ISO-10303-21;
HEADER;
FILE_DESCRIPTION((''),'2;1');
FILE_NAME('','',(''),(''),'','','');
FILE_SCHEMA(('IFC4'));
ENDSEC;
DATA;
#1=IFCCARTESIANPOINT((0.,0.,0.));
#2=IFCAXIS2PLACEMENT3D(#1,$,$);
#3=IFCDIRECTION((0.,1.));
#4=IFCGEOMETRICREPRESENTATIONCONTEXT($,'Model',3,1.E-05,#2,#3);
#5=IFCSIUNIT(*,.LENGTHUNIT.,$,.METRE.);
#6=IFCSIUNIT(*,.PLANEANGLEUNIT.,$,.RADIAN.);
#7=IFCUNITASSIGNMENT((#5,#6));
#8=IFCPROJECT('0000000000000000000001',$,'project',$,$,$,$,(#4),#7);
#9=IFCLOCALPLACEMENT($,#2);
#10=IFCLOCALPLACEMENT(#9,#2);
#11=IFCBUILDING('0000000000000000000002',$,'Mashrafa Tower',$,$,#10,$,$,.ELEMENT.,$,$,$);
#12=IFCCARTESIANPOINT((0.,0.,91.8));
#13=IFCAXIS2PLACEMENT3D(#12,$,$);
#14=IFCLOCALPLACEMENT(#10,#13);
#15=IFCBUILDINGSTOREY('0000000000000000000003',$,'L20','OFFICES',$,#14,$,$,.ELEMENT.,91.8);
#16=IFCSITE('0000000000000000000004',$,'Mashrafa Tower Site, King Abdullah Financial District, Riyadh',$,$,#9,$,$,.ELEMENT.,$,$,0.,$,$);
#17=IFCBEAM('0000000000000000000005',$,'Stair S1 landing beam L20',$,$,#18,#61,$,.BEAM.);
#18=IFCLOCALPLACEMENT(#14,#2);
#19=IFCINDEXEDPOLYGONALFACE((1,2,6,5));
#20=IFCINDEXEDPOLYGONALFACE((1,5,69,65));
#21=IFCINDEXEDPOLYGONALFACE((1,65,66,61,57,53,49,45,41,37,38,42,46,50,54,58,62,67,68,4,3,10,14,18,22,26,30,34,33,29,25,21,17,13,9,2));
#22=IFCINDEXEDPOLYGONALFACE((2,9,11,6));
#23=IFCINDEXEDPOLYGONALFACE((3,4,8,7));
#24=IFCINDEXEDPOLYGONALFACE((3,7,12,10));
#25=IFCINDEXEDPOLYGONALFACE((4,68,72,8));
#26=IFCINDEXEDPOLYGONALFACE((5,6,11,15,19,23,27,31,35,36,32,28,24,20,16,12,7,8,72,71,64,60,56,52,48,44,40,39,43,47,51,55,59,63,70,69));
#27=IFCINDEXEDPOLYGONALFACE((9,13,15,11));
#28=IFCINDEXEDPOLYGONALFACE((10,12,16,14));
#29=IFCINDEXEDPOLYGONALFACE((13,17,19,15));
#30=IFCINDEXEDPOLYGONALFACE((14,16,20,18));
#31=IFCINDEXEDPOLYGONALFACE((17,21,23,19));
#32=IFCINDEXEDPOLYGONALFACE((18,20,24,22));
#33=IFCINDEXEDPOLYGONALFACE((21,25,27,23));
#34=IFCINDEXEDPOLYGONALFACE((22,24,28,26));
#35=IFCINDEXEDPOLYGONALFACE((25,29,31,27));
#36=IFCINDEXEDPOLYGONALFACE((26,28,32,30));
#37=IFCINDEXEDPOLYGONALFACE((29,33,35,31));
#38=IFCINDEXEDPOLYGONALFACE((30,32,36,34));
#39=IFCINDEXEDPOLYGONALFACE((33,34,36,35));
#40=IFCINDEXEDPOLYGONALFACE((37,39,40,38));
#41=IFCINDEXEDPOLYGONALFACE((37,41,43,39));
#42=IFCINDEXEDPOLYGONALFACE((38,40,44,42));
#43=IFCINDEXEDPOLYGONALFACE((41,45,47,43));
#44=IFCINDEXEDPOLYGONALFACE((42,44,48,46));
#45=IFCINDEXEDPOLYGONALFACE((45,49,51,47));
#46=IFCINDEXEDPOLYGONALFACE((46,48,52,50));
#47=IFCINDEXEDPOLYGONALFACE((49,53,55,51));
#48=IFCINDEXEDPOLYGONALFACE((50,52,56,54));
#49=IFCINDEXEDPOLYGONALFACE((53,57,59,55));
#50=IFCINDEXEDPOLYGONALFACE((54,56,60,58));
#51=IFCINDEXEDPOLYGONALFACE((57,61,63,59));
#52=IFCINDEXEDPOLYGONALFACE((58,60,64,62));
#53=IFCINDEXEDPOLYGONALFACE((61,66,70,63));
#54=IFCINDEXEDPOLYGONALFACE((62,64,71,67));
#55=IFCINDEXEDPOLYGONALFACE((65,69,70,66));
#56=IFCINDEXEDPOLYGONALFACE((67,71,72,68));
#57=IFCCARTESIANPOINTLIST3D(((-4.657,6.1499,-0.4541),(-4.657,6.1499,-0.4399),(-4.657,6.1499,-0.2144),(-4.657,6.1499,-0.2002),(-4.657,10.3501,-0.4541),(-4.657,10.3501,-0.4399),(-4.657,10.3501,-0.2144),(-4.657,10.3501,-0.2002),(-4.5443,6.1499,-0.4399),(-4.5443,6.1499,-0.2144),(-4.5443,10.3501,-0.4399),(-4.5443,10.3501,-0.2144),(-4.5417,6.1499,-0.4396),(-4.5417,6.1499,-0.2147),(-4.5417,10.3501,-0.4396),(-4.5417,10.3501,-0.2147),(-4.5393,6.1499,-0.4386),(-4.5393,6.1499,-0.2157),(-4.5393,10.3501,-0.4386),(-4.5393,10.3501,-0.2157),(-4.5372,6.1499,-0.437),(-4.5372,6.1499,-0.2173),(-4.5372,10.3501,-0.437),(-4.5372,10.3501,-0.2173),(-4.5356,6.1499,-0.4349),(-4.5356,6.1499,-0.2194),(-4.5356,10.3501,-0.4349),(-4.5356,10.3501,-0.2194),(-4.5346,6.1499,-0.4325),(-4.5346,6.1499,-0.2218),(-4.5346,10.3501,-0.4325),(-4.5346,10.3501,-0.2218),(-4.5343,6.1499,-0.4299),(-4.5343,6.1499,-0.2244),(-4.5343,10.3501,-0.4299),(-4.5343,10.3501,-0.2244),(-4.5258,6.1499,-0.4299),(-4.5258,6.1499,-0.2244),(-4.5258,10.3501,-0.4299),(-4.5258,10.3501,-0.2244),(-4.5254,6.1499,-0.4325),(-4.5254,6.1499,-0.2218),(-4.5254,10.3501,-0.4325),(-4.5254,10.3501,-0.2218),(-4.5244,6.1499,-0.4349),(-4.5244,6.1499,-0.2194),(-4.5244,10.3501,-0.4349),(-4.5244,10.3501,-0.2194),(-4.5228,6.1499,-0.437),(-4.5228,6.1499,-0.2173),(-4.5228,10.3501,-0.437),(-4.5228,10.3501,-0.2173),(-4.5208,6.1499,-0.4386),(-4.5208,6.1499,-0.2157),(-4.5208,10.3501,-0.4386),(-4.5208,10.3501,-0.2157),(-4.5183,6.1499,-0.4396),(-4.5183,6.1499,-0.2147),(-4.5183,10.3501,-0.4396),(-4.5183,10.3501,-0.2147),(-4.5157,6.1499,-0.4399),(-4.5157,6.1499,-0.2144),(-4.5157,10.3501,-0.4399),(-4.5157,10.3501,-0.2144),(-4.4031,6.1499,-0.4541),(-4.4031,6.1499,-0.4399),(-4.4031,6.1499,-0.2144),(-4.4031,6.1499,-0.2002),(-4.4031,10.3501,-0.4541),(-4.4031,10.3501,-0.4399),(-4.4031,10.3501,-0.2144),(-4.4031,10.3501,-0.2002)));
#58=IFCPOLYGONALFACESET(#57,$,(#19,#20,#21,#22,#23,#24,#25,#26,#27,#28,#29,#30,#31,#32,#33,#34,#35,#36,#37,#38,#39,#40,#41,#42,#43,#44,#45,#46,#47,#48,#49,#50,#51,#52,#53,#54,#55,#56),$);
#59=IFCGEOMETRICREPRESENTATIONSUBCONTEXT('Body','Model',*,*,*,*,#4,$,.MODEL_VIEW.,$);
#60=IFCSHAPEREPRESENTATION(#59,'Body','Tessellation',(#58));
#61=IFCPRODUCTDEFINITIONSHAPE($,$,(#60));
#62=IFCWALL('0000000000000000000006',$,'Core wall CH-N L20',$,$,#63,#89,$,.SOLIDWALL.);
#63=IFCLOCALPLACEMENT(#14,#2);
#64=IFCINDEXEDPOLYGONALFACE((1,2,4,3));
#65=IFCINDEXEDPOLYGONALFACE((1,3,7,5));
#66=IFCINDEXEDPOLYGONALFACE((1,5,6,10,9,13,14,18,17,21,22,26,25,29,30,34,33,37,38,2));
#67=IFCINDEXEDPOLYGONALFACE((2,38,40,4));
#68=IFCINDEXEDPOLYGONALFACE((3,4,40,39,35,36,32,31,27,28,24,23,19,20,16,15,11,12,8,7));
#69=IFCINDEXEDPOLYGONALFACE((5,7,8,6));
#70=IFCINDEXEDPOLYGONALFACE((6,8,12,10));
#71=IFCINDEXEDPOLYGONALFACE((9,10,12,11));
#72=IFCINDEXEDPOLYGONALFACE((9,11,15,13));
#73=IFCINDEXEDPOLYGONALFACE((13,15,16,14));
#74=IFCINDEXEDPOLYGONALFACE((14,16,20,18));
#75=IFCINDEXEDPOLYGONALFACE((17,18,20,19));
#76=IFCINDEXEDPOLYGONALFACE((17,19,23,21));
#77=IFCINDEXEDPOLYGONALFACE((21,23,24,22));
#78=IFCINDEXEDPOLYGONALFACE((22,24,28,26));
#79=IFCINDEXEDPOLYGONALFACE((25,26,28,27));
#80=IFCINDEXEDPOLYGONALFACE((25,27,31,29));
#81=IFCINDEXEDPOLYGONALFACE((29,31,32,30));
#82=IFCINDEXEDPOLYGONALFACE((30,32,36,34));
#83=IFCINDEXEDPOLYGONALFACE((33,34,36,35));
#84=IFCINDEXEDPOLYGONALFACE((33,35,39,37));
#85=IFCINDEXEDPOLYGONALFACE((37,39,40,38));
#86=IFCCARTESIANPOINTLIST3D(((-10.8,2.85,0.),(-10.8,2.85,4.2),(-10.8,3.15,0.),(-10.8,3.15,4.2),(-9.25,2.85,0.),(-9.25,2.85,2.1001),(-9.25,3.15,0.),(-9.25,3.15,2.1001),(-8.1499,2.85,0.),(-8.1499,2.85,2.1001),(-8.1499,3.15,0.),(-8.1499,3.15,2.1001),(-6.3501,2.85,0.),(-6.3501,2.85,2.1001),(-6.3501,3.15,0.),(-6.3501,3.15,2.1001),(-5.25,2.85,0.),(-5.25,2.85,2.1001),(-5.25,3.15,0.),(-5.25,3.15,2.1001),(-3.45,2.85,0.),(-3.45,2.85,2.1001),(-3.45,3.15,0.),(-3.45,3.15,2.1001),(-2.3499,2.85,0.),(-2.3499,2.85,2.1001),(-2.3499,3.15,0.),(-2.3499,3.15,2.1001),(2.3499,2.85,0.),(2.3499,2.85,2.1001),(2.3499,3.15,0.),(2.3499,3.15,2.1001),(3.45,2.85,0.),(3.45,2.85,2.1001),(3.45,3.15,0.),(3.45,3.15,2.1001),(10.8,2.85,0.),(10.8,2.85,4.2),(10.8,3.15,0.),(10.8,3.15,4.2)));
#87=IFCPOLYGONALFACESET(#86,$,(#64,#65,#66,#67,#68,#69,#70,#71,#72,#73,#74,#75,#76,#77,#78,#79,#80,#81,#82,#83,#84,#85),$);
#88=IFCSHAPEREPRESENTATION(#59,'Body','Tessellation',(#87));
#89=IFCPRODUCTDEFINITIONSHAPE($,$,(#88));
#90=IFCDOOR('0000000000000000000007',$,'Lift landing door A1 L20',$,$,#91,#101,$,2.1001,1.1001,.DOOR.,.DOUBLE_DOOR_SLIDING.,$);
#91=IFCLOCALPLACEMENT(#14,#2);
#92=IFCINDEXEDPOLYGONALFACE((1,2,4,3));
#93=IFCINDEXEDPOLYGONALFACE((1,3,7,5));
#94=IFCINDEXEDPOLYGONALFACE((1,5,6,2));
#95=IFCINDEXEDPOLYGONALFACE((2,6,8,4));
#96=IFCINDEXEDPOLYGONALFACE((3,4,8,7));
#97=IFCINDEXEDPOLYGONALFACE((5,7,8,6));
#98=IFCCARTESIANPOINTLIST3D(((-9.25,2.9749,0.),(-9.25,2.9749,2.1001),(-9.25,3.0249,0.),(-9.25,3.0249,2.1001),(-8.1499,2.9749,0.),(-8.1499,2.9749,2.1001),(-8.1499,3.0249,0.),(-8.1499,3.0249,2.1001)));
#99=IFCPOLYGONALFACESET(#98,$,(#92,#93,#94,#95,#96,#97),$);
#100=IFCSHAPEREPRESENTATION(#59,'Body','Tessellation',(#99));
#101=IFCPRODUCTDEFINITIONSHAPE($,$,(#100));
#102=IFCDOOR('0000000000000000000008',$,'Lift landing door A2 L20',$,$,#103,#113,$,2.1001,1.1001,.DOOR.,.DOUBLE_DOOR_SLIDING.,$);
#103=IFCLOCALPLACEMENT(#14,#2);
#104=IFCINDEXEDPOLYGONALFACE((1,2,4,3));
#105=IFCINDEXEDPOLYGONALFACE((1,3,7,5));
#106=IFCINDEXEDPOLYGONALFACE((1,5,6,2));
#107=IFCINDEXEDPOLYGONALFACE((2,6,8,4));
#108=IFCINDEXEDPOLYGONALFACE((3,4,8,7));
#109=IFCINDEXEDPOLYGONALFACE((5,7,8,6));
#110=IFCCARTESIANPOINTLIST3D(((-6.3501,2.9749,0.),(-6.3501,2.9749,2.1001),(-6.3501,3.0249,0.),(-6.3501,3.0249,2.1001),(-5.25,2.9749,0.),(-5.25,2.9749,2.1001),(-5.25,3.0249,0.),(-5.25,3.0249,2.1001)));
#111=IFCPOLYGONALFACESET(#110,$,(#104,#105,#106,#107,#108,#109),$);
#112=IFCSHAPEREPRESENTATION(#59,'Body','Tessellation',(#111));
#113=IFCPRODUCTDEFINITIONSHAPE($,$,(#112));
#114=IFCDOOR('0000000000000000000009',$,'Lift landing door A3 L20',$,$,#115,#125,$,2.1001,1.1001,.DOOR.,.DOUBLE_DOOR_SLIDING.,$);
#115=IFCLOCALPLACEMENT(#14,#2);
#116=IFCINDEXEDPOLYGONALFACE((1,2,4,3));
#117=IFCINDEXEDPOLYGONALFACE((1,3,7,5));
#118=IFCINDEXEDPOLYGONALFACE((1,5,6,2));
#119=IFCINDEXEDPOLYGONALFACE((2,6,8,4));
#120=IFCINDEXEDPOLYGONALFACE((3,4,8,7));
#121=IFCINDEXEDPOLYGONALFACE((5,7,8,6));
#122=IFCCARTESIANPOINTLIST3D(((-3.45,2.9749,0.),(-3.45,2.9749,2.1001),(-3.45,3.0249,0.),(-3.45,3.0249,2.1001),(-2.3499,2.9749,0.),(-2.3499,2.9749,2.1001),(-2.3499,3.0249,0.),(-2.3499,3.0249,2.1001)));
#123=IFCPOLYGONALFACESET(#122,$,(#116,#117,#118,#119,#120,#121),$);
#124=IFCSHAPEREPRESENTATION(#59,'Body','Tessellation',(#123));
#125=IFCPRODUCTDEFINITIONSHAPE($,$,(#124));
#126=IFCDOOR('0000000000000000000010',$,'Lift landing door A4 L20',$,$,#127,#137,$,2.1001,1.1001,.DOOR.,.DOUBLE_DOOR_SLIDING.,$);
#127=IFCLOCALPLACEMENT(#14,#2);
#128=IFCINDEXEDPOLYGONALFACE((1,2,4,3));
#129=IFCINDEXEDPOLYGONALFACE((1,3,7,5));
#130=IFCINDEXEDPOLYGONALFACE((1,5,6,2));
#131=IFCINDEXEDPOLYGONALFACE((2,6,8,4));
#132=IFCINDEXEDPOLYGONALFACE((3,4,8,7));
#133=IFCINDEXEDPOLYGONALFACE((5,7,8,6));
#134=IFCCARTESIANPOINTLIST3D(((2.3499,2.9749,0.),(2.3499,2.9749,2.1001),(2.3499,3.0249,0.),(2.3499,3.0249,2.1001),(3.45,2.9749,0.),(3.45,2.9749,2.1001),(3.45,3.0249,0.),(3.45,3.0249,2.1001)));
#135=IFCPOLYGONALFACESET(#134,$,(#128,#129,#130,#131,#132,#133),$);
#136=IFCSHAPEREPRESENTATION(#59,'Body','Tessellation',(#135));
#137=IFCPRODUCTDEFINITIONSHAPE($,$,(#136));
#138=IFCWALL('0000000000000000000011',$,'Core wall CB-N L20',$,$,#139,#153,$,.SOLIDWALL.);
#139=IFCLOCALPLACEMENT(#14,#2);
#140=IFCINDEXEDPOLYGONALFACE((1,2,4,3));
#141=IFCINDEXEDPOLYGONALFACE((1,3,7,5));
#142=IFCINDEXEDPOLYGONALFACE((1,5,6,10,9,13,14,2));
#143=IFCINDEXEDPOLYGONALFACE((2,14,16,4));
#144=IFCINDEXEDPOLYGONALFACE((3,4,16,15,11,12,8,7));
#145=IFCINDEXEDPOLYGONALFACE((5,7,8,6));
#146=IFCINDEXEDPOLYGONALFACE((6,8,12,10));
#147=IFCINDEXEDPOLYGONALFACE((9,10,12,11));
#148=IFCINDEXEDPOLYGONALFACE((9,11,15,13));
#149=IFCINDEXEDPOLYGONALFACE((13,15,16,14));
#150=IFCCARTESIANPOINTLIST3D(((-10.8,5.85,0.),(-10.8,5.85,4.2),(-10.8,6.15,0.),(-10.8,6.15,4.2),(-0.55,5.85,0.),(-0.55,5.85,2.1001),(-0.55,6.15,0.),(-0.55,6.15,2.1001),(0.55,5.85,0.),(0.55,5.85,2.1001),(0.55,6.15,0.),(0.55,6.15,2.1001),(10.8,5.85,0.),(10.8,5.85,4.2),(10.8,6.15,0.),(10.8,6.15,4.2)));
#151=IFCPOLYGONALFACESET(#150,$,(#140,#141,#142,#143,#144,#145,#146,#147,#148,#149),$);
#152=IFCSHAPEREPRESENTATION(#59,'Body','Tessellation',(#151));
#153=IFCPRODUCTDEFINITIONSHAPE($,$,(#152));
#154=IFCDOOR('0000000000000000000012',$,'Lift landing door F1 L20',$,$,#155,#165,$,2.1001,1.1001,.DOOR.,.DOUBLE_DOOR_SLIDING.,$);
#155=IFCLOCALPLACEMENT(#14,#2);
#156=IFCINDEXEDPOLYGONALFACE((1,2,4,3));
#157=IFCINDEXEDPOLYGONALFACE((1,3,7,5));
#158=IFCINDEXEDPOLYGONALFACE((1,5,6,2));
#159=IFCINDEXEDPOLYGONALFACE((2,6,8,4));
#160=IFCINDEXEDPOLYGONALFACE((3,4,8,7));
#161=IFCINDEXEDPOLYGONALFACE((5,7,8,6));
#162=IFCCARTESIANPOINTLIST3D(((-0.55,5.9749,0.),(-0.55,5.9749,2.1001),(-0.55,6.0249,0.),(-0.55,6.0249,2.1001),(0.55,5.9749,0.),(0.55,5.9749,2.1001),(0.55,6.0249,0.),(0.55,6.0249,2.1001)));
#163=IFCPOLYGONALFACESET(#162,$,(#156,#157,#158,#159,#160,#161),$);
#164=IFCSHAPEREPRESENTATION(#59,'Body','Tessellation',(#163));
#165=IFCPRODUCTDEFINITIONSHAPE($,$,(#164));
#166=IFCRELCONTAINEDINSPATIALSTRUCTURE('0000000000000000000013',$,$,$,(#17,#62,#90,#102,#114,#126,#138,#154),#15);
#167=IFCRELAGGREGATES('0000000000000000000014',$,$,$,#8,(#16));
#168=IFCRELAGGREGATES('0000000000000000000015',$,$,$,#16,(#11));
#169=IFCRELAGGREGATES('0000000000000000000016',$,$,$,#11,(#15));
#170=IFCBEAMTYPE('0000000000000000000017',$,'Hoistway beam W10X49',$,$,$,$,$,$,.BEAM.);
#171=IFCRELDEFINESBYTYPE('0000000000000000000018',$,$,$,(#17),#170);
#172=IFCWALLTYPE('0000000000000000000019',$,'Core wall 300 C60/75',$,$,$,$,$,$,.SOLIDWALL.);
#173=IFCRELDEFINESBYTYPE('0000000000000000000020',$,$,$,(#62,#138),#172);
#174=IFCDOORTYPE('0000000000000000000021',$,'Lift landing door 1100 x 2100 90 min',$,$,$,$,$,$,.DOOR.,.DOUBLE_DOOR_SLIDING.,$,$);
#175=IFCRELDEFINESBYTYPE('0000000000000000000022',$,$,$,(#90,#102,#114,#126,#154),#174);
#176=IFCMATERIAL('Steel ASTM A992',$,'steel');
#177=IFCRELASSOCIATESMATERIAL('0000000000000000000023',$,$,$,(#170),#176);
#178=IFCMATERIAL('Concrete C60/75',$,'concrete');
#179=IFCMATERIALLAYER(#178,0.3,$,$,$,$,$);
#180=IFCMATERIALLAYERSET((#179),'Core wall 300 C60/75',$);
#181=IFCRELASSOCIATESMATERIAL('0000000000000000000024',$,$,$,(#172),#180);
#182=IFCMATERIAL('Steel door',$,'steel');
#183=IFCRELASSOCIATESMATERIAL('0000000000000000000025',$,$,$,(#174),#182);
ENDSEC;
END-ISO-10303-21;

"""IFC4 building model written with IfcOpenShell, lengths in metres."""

from ifc_helpers import new_model, si_unit, direction, frame, frame_2d, origin, origin_2d, place, context, subcontext, project, spatial, rectangle, i_section, extrude, material, layer, layer_set, material_profile, profile_set, type_object, element, fill, save


model = new_model("IFC4")

# Units and contexts
model_context = context("Model", 3, precision=1e-05, world=origin(), true_north=direction((0.0, 1.0)))
body_context = subcontext(model_context, "Body", "Model", "MODEL_VIEW")
ifc_project = project(units=[si_unit("LENGTHUNIT", "METRE"), si_unit("PLANEANGLEUNIT", "RADIAN")], contexts=[model_context])

# Site, building, storey
site_placement = place(None, origin())
site = spatial("IfcSite", under=ifc_project, at=site_placement, Name="Mashrafa Tower Site, King Abdullah Financial District, Riyadh", CompositionType="ELEMENT", RefElevation=0.0)
building_placement = place(site_placement, origin())
building = spatial("IfcBuilding", under=site, at=building_placement, Name="Mashrafa Tower", CompositionType="ELEMENT")
storey_placement = place(building_placement, frame((0.0, 0.0, 91.8)))
storey = spatial("IfcBuildingStorey", under=building, at=storey_placement, Name="L20", Description="OFFICES", CompositionType="ELEMENT", Elevation=91.8)

# Beam
ifc_material_1 = material(Name="Steel ASTM A992", Category="steel")
ifc_material_profile_1 = material_profile(ifc_material_1, i_section(OverallWidth=0.2539, OverallDepth=0.2539, WebThickness=0.0085, FlangeThickness=0.0142, FilletRadius=0.01, at=origin_2d()), Name="W10X49")
ifc_profile_set_1 = profile_set([ifc_material_profile_1], Name="Steel ASTM A992")
beam_type_1 = type_object("IfcBeamType", Name="Hoistway beam W10X49", PredefinedType="BEAM", material=ifc_profile_set_1)
beam_1_placement = place(storey_placement, frame((-4.53, 6.1499, -0.3271), z_axis=(0.0, 1.0, 0.0), x_axis=(-1.0, 0.0, 0.0)))
element("IfcBeam", 1, at=beam_1_placement, inside=storey, type_object=beam_type_1, Name="Stair S1 landing beam L20", PredefinedType="BEAM", context=body_context, shape_type="SweptSolid", body=[
    extrude(i_section(OverallWidth=0.2539, OverallDepth=0.2539, WebThickness=0.0085, FlangeThickness=0.0142, FilletRadius=0.01, at=origin_2d()), origin(), (0.0, 0.0, 1.0), 4.2002),
])

# Wall, openings, doors
ifc_material_2 = material(Name="Concrete C60/75", Category="concrete")
ifc_layer_1 = layer(ifc_material_2, 0.3)
ifc_layer_set_1 = layer_set([ifc_layer_1], Name="Core wall 300 C60/75")
wall_type_1 = type_object("IfcWallType", Name="Core wall 300 C60/75", PredefinedType="SOLIDWALL", material=ifc_layer_set_1)
wall_1_placement = place(storey_placement, frame((-10.8, 3.0, 0.0), z_axis=(0.0, 0.0, 1.0), x_axis=(1.0, 0.0, 0.0)))
wall_1 = element("IfcWall", 2, at=wall_1_placement, inside=storey, type_object=wall_type_1, Name="Core wall CH-N L20", PredefinedType="SOLIDWALL", context=body_context, shape_type="SweptSolid", body=[
    extrude(rectangle(XDim=21.6001, YDim=0.3, at=frame_2d((10.8, 0.0))), origin(), (0.0, 0.0, 1.0), 4.2),
])
opening_1_placement = place(wall_1_placement, frame((1.55, 0.0, 0.0)))
opening_1 = element("IfcOpeningElement", 3, at=opening_1_placement, cuts=wall_1, PredefinedType="OPENING", context=body_context, shape_type="SweptSolid", body=[
    extrude(rectangle(XDim=1.1001, YDim=2.1001, at=frame_2d((0.55, 1.05))), frame((0.0, 0.1599, 0.0), z_axis=(0.0, -1.0, 0.0), x_axis=(1.0, 0.0, 0.0)), (0.0, 0.0, 1.0), 0.3201),
])
opening_2_placement = place(wall_1_placement, frame((4.45, 0.0, 0.0)))
opening_2 = element("IfcOpeningElement", 4, at=opening_2_placement, cuts=wall_1, PredefinedType="OPENING", context=body_context, shape_type="SweptSolid", body=[
    extrude(rectangle(XDim=1.1001, YDim=2.1001, at=frame_2d((0.55, 1.05))), frame((0.0, 0.1599, 0.0), z_axis=(0.0, -1.0, 0.0), x_axis=(1.0, 0.0, 0.0)), (0.0, 0.0, 1.0), 0.3201),
])
opening_3_placement = place(wall_1_placement, frame((7.3501, 0.0, 0.0)))
opening_3 = element("IfcOpeningElement", 5, at=opening_3_placement, cuts=wall_1, PredefinedType="OPENING", context=body_context, shape_type="SweptSolid", body=[
    extrude(rectangle(XDim=1.1001, YDim=2.1001, at=frame_2d((0.55, 1.05))), frame((0.0, 0.1599, 0.0), z_axis=(0.0, -1.0, 0.0), x_axis=(1.0, 0.0, 0.0)), (0.0, 0.0, 1.0), 0.3201),
])
opening_4_placement = place(wall_1_placement, frame((13.1499, 0.0, 0.0)))
opening_4 = element("IfcOpeningElement", 6, at=opening_4_placement, cuts=wall_1, PredefinedType="OPENING", context=body_context, shape_type="SweptSolid", body=[
    extrude(rectangle(XDim=1.1001, YDim=2.1001, at=frame_2d((0.55, 1.05))), frame((0.0, 0.1599, 0.0), z_axis=(0.0, -1.0, 0.0), x_axis=(1.0, 0.0, 0.0)), (0.0, 0.0, 1.0), 0.3201),
])
ifc_material_3 = material(Name="Steel door", Category="steel")
door_type_1 = type_object("IfcDoorType", Name="Lift landing door 1100 x 2100 90 min", OperationType="DOUBLE_DOOR_SLIDING", PredefinedType="DOOR", material=ifc_material_3)
door_1_placement = place(opening_1_placement, origin())
door_1 = element("IfcDoor", 7, at=door_1_placement, inside=storey, type_object=door_type_1, Name="Lift landing door A1 L20", OperationType="DOUBLE_DOOR_SLIDING", OverallHeight=2.1001, OverallWidth=1.1001, PredefinedType="DOOR", context=body_context, shape_type="SweptSolid", body=[
    extrude(rectangle(XDim=1.1001, YDim=2.1001, at=frame_2d((0.55, 1.05))), frame((0.0, 0.0249, 0.0), z_axis=(0.0, -1.0, 0.0), x_axis=(1.0, 0.0, 0.0)), (0.0, 0.0, 1.0), 0.05),
])
fill(opening_1, door_1)
door_2_placement = place(opening_2_placement, origin())
door_2 = element("IfcDoor", 8, at=door_2_placement, inside=storey, type_object=door_type_1, Name="Lift landing door A2 L20", OperationType="DOUBLE_DOOR_SLIDING", OverallHeight=2.1001, OverallWidth=1.1001, PredefinedType="DOOR", context=body_context, shape_type="SweptSolid", body=[
    extrude(rectangle(XDim=1.1001, YDim=2.1001, at=frame_2d((0.55, 1.05))), frame((0.0, 0.0249, 0.0), z_axis=(0.0, -1.0, 0.0), x_axis=(1.0, 0.0, 0.0)), (0.0, 0.0, 1.0), 0.05),
])
fill(opening_2, door_2)
door_3_placement = place(opening_3_placement, origin())
door_3 = element("IfcDoor", 9, at=door_3_placement, inside=storey, type_object=door_type_1, Name="Lift landing door A3 L20", OperationType="DOUBLE_DOOR_SLIDING", OverallHeight=2.1001, OverallWidth=1.1001, PredefinedType="DOOR", context=body_context, shape_type="SweptSolid", body=[
    extrude(rectangle(XDim=1.1001, YDim=2.1001, at=frame_2d((0.55, 1.05))), frame((0.0, 0.0249, 0.0), z_axis=(0.0, -1.0, 0.0), x_axis=(1.0, 0.0, 0.0)), (0.0, 0.0, 1.0), 0.05),
])
fill(opening_3, door_3)
door_4_placement = place(opening_4_placement, origin())
door_4 = element("IfcDoor", 10, at=door_4_placement, inside=storey, type_object=door_type_1, Name="Lift landing door A4 L20", OperationType="DOUBLE_DOOR_SLIDING", OverallHeight=2.1001, OverallWidth=1.1001, PredefinedType="DOOR", context=body_context, shape_type="SweptSolid", body=[
    extrude(rectangle(XDim=1.1001, YDim=2.1001, at=frame_2d((0.55, 1.05))), frame((0.0, 0.0249, 0.0), z_axis=(0.0, -1.0, 0.0), x_axis=(1.0, 0.0, 0.0)), (0.0, 0.0, 1.0), 0.05),
])
fill(opening_4, door_4)

# Wall, opening, door
wall_2_placement = place(storey_placement, frame((-10.8, 6.0, 0.0), z_axis=(0.0, 0.0, 1.0), x_axis=(1.0, 0.0, 0.0)))
wall_2 = element("IfcWall", 11, at=wall_2_placement, inside=storey, type_object=wall_type_1, Name="Core wall CB-N L20", PredefinedType="SOLIDWALL", context=body_context, shape_type="SweptSolid", body=[
    extrude(rectangle(XDim=21.6001, YDim=0.3, at=frame_2d((10.8, 0.0))), origin(), (0.0, 0.0, 1.0), 4.2),
])
opening_5_placement = place(wall_2_placement, frame((10.25, 0.0, 0.0)))
opening_5 = element("IfcOpeningElement", 12, at=opening_5_placement, cuts=wall_2, PredefinedType="OPENING", context=body_context, shape_type="SweptSolid", body=[
    extrude(rectangle(XDim=1.1001, YDim=2.1001, at=frame_2d((0.55, 1.05))), frame((0.0, 0.1599, 0.0), z_axis=(0.0, -1.0, 0.0), x_axis=(1.0, 0.0, 0.0)), (0.0, 0.0, 1.0), 0.3201),
])
door_5_placement = place(opening_5_placement, origin())
door_5 = element("IfcDoor", 13, at=door_5_placement, inside=storey, type_object=door_type_1, Name="Lift landing door F1 L20", OperationType="DOUBLE_DOOR_SLIDING", OverallHeight=2.1001, OverallWidth=1.1001, PredefinedType="DOOR", context=body_context, shape_type="SweptSolid", body=[
    extrude(rectangle(XDim=1.1001, YDim=2.1001, at=frame_2d((0.55, 1.05))), frame((0.0, 0.0249, 0.0), z_axis=(0.0, -1.0, 0.0), x_axis=(1.0, 0.0, 0.0)), (0.0, 0.0, 1.0), 0.05),
])
fill(opening_5, door_5)

save(model, "model.ifc")
